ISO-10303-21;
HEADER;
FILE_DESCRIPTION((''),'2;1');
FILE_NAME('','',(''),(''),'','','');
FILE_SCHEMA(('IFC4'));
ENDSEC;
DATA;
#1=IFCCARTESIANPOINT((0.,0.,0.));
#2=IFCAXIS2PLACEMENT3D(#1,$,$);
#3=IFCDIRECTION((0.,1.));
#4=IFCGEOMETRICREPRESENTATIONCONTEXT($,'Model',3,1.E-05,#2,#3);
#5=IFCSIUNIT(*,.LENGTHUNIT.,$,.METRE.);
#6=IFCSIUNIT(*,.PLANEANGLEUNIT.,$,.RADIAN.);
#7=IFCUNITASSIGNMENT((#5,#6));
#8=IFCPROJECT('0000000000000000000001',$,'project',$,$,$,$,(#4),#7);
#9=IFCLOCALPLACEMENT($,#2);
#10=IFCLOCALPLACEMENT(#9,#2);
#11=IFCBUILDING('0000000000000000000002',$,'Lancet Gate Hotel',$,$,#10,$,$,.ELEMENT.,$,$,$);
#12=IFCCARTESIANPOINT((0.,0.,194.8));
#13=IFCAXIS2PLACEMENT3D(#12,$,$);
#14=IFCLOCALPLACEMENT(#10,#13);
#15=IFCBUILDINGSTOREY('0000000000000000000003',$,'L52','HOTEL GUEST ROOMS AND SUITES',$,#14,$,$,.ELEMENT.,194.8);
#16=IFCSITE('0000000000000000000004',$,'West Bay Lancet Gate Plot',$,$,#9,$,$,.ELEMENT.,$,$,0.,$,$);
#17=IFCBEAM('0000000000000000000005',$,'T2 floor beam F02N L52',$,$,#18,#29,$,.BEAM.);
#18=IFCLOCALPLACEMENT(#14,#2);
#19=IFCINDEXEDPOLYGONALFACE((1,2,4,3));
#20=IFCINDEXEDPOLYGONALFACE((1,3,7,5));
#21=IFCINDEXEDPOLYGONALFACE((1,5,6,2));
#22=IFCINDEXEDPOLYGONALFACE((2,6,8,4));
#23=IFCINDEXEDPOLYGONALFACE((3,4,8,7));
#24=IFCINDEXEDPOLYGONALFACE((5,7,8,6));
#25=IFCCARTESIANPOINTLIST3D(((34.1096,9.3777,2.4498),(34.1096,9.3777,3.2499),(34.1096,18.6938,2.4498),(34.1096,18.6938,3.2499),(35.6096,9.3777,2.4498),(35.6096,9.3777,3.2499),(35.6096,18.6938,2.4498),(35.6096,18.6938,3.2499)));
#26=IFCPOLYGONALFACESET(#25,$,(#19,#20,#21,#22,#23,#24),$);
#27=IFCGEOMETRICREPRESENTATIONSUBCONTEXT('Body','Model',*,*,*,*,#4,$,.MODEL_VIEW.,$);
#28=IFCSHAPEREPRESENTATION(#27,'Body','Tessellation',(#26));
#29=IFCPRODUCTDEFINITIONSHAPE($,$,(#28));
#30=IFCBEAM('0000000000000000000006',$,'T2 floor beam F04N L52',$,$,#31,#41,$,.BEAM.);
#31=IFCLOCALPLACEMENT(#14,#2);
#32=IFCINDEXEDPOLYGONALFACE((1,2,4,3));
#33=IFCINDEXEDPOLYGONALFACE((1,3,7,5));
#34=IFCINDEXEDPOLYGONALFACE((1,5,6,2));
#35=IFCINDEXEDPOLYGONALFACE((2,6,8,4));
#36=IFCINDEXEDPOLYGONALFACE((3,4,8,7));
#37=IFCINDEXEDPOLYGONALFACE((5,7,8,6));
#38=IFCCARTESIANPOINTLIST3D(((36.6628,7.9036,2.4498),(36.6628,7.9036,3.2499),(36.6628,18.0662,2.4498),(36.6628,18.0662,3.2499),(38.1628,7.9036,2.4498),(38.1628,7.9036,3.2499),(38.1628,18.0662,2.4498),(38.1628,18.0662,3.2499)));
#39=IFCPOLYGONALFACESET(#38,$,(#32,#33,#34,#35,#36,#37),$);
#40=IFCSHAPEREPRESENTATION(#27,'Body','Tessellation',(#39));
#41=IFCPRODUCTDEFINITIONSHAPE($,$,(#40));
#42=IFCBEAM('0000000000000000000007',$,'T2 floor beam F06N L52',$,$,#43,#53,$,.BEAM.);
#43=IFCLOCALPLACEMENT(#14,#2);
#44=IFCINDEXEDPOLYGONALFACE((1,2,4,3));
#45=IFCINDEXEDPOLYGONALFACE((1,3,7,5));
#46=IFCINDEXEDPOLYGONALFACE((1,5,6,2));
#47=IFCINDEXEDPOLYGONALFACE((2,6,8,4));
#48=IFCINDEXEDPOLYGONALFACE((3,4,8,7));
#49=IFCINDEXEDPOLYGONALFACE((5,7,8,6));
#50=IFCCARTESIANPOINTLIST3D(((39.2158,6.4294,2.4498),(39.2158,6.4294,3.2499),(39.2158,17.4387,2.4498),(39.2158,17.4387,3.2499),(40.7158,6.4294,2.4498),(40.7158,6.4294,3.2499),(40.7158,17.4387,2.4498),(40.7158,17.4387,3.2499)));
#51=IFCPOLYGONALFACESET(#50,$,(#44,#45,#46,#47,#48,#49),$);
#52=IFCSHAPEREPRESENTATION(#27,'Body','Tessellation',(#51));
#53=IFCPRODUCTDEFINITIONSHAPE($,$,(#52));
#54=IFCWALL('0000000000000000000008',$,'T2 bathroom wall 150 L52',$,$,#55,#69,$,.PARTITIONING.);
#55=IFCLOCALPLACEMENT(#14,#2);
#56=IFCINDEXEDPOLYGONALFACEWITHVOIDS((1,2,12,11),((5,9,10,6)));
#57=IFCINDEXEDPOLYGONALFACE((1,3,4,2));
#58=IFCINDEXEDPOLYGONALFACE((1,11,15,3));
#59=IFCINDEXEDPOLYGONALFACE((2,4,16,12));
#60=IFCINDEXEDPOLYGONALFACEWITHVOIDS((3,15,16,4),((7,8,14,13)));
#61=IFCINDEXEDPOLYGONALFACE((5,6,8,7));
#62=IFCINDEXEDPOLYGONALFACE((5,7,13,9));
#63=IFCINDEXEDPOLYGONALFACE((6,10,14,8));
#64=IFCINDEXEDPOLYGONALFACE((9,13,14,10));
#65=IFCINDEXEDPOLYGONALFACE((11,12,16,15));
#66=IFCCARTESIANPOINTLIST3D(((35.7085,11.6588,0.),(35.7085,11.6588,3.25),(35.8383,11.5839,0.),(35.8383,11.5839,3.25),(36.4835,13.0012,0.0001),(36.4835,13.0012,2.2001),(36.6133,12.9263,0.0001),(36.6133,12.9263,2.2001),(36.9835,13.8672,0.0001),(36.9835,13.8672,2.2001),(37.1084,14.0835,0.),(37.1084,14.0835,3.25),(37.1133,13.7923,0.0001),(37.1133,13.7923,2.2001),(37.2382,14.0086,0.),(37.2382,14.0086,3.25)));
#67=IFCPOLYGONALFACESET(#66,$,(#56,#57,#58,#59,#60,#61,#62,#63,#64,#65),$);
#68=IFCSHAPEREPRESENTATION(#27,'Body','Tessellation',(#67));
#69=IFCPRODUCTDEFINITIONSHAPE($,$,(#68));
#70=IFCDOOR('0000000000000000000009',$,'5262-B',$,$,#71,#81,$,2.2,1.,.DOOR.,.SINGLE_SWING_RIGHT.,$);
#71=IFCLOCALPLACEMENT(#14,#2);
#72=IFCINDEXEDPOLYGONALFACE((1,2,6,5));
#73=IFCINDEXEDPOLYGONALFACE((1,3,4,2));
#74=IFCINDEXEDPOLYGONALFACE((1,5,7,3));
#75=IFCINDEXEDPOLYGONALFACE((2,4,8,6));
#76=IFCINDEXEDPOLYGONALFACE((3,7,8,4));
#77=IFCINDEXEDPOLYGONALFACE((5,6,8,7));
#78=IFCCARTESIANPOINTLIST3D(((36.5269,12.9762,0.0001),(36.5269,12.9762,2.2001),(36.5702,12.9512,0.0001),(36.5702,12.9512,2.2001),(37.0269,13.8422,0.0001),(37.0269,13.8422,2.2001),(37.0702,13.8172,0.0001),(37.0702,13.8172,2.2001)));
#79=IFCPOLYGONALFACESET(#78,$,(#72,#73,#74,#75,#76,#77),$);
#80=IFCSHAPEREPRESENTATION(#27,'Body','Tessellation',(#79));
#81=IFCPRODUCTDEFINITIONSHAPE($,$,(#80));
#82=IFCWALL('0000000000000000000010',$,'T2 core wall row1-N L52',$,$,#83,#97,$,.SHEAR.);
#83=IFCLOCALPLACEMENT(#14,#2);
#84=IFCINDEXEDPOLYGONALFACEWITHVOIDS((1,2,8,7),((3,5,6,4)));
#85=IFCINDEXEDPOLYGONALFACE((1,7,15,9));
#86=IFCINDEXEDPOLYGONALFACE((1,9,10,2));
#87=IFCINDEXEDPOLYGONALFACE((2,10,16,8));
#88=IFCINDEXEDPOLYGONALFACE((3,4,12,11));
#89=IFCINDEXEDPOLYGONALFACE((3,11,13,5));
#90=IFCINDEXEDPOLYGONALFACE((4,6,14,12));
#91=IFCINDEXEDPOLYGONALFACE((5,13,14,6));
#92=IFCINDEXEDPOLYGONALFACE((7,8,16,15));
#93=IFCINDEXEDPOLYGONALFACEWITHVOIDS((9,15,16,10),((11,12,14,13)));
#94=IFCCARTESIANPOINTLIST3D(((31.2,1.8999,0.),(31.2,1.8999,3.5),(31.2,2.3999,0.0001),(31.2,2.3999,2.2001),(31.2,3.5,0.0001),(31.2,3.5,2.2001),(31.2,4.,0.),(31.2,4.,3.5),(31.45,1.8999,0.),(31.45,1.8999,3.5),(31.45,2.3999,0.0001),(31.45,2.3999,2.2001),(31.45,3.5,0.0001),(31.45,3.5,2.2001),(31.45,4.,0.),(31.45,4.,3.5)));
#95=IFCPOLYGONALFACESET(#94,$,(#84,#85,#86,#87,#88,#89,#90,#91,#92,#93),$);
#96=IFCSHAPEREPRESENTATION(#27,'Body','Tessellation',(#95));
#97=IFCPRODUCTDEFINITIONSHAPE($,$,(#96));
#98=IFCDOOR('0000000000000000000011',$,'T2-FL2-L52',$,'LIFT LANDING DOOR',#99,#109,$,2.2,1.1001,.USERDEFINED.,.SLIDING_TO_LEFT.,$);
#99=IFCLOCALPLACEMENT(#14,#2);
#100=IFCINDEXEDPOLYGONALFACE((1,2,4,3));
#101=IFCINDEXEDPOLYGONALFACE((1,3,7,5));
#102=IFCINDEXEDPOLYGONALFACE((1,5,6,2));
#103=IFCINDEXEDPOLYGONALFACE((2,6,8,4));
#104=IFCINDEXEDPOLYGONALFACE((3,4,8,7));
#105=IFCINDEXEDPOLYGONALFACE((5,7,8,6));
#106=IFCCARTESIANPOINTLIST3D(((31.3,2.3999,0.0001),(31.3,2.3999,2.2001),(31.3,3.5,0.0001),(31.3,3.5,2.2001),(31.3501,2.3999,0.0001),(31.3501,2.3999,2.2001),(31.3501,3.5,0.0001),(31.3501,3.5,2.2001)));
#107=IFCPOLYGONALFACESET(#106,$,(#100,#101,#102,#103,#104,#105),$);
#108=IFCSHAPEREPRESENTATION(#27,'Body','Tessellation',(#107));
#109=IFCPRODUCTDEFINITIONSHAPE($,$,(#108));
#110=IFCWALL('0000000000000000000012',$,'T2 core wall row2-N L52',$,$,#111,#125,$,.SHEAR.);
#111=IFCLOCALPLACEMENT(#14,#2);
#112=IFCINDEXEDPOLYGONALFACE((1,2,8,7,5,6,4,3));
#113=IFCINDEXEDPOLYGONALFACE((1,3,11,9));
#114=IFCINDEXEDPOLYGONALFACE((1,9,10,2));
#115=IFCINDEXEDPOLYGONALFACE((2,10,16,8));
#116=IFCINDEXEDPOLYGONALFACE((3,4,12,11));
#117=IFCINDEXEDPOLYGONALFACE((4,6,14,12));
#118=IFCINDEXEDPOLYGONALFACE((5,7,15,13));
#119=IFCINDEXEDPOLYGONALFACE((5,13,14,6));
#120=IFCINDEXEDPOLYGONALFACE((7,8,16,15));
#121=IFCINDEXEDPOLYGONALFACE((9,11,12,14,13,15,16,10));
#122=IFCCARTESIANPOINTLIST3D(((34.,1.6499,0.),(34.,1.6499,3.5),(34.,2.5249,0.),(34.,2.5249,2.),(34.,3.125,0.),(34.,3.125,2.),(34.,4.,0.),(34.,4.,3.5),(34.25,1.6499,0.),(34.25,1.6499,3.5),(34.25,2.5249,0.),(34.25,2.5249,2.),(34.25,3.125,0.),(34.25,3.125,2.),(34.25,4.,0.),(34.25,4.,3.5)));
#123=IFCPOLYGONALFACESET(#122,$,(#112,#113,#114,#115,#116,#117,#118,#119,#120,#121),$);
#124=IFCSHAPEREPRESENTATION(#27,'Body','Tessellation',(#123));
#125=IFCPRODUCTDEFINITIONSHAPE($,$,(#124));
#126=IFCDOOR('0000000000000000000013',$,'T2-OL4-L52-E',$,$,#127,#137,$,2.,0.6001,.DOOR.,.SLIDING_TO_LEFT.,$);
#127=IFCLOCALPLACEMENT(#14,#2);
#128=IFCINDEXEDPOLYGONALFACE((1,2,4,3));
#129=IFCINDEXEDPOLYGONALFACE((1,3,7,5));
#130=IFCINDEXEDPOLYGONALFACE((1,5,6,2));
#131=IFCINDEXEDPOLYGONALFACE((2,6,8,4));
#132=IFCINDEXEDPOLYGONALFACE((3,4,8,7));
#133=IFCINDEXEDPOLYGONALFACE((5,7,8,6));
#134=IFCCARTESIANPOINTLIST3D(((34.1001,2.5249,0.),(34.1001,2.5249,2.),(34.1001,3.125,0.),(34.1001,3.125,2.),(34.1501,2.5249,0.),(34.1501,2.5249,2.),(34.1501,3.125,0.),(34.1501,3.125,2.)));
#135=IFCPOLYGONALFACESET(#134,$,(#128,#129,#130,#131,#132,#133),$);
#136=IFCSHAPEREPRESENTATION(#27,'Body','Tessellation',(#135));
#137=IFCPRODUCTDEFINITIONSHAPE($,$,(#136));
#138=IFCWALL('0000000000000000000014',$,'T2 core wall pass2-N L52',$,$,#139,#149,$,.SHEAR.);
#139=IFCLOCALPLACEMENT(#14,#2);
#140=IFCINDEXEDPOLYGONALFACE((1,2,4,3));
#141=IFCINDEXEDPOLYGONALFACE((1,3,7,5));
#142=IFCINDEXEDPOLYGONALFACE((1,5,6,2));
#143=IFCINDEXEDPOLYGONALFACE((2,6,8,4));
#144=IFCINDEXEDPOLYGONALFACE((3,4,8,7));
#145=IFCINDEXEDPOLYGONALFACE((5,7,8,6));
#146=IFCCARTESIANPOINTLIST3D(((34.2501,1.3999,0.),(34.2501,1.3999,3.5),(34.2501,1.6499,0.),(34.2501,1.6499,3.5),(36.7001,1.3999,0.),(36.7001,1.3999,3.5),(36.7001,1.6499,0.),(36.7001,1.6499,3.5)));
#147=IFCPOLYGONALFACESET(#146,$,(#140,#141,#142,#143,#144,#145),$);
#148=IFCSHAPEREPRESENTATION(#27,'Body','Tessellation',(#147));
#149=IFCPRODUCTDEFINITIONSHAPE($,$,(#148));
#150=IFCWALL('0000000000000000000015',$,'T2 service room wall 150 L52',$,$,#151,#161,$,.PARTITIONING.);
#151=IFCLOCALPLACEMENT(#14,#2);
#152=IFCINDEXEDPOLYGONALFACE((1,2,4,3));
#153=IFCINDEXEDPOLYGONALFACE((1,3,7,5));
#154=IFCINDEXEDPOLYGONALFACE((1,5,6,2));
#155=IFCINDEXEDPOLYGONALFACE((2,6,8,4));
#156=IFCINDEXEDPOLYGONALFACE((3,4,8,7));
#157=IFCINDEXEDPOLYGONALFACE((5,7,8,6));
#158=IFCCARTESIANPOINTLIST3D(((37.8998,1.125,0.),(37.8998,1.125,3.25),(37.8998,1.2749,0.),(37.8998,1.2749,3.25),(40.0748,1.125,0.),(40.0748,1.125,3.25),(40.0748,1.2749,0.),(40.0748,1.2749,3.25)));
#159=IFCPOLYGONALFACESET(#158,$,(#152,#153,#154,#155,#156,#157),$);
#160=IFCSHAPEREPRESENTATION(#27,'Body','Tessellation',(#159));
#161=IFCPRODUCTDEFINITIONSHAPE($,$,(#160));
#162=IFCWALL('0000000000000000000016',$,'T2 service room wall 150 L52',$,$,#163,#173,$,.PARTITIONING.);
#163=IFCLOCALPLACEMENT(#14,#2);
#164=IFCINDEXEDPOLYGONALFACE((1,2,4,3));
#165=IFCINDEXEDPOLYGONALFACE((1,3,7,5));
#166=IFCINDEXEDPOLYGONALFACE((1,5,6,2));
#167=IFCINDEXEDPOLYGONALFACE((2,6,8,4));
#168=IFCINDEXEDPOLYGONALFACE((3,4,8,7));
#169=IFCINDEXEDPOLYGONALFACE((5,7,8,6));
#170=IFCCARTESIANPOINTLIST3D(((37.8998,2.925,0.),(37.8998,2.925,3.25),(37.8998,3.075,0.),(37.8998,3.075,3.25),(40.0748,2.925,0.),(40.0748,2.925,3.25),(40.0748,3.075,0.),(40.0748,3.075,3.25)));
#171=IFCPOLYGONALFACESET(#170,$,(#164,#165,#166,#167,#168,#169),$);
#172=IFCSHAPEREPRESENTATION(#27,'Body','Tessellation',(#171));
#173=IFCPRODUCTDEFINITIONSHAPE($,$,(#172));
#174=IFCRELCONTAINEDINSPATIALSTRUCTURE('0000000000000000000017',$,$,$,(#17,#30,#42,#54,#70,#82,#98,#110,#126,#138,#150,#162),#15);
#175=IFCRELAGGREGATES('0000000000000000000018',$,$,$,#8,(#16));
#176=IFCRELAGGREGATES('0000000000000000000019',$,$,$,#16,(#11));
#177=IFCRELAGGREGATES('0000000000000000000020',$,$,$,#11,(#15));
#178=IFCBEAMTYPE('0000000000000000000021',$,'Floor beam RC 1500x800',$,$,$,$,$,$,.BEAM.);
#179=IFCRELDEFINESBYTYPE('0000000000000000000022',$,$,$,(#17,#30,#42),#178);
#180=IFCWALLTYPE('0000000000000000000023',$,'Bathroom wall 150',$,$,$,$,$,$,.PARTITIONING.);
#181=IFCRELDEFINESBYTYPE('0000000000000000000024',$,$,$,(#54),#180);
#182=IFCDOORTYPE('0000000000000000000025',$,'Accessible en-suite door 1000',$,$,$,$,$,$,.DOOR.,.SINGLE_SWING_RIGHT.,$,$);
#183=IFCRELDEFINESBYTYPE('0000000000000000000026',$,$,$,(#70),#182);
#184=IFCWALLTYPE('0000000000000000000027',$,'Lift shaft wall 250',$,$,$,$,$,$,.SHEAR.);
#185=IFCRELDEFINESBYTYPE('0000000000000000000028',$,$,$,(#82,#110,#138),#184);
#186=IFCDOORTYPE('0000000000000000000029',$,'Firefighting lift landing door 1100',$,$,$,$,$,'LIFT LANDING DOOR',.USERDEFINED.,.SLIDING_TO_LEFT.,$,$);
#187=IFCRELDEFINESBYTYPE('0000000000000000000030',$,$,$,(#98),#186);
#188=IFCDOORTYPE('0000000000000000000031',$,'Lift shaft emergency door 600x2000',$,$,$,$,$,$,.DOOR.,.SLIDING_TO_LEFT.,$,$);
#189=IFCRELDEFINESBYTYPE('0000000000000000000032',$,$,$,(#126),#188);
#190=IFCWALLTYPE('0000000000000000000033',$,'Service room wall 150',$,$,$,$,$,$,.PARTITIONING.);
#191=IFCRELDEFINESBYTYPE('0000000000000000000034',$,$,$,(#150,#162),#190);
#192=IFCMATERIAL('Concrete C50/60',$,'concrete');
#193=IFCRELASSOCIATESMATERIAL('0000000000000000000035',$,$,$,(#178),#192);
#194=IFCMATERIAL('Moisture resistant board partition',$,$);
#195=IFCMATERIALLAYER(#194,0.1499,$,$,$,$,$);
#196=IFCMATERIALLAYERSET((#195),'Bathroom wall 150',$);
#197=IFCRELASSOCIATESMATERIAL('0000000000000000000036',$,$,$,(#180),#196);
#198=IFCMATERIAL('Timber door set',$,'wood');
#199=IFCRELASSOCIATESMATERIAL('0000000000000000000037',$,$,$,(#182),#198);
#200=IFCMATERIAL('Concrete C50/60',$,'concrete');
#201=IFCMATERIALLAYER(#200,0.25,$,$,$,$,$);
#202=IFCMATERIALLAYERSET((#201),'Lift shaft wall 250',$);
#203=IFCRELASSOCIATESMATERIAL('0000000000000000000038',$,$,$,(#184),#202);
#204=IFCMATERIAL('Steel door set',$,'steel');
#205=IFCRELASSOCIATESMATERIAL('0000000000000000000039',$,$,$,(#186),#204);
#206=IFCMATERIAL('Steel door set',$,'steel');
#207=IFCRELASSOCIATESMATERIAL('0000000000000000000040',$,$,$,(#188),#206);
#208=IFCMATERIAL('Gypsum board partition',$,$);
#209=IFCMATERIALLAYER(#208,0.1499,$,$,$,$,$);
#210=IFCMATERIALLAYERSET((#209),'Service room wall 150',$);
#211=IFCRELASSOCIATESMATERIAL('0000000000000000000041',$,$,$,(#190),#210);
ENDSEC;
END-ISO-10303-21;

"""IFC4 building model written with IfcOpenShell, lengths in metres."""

from ifc_helpers import new_model, si_unit, direction, frame, frame_2d, origin, origin_2d, place, context, subcontext, project, spatial, rectangle, extrude, material, layer, layer_set, material_profile, profile_set, type_object, element, fill, save


model = new_model("IFC4")

# Units and contexts
model_context = context("Model", 3, precision=1e-05, world=origin(), true_north=direction((0.0, 1.0)))
body_context = subcontext(model_context, "Body", "Model", "MODEL_VIEW")
ifc_project = project(units=[si_unit("LENGTHUNIT", "METRE"), si_unit("PLANEANGLEUNIT", "RADIAN")], contexts=[model_context])

# Site, building, storey
site_placement = place(None, origin())
site = spatial("IfcSite", under=ifc_project, at=site_placement, Name="West Bay Lancet Gate Plot", CompositionType="ELEMENT", RefElevation=0.0)
building_placement = place(site_placement, origin())
building = spatial("IfcBuilding", under=site, at=building_placement, Name="Lancet Gate Hotel", CompositionType="ELEMENT")
storey_placement = place(building_placement, frame((0.0, 0.0, 194.8)))
storey = spatial("IfcBuildingStorey", under=building, at=storey_placement, Name="L52", Description="HOTEL GUEST ROOMS AND SUITES", CompositionType="ELEMENT", Elevation=194.8)

# Beams
ifc_material_1 = material(Name="Concrete C50/60", Category="concrete")
ifc_material_profile = material_profile(ifc_material_1, rectangle(XDim=1.5, YDim=0.8, at=origin_2d()), Name="RC 1500x800")
ifc_profile_set = profile_set([ifc_material_profile], Name="Concrete C50/60")
beam_type = type_object("IfcBeamType", Name="Floor beam RC 1500x800", PredefinedType="BEAM", material=ifc_profile_set)
beam_1_placement = place(storey_placement, frame((34.8596, 9.3777, 2.8499), z_axis=(0.0, 1.0, 0.0), x_axis=(-1.0, 0.0, 0.0)))
element("IfcBeam", 1, at=beam_1_placement, inside=storey, type_object=beam_type, Name="T2 floor beam F02N L52", PredefinedType="BEAM", context=body_context, shape_type="SweptSolid", body=[
    extrude(rectangle(XDim=1.5, YDim=0.8, at=origin_2d()), origin(), (0.0, 0.0, 1.0), 9.3162),
])
beam_2_placement = place(storey_placement, frame((37.4128, 7.9036, 2.8499), z_axis=(0.0, 1.0, 0.0), x_axis=(-1.0, 0.0, 0.0)))
element("IfcBeam", 2, at=beam_2_placement, inside=storey, type_object=beam_type, Name="T2 floor beam F04N L52", PredefinedType="BEAM", context=body_context, shape_type="SweptSolid", body=[
    extrude(rectangle(XDim=1.5, YDim=0.8, at=origin_2d()), origin(), (0.0, 0.0, 1.0), 10.1626),
])
beam_3_placement = place(storey_placement, frame((39.9658, 6.4294, 2.8499), z_axis=(0.0, 1.0, 0.0), x_axis=(-1.0, 0.0, 0.0)))
element("IfcBeam", 3, at=beam_3_placement, inside=storey, type_object=beam_type, Name="T2 floor beam F06N L52", PredefinedType="BEAM", context=body_context, shape_type="SweptSolid", body=[
    extrude(rectangle(XDim=1.5, YDim=0.8, at=origin_2d()), origin(), (0.0, 0.0, 1.0), 11.0093),
])

# Walls, openings, doors
ifc_material_2 = material(Name="Moisture resistant board partition")
ifc_layer_1 = layer(ifc_material_2, 0.1499)
ifc_layer_set_1 = layer_set([ifc_layer_1], Name="Bathroom wall 150")
wall_type_1 = type_object("IfcWallType", Name="Bathroom wall 150", PredefinedType="PARTITIONING", material=ifc_layer_set_1)
wall_1_placement = place(storey_placement, frame((35.7734, 11.6213, 0.0), z_axis=(0.0, 0.0, 1.0), x_axis=(0.499984, 0.866035, 0.0)))
wall_1 = element("IfcWall", 4, at=wall_1_placement, inside=storey, type_object=wall_type_1, Name="T2 bathroom wall 150 L52", PredefinedType="PARTITIONING", context=body_context, shape_type="SweptSolid", body=[
    extrude(rectangle(XDim=2.7998, YDim=0.1499, at=frame_2d((1.3999, 0.0))), origin(), (0.0, 0.0, 1.0), 3.25),
])
opening_1_placement = place(wall_1_placement, frame((1.55, 0.0, 0.0)))
opening_1 = element("IfcOpeningElement", 5, at=opening_1_placement, cuts=wall_1, PredefinedType="OPENING", context=body_context, shape_type="SweptSolid", body=[
    extrude(rectangle(XDim=1.0, YDim=2.2, at=frame_2d((0.5, 1.1001))), frame((0.0, 0.085, 0.0), z_axis=(0.0, -1.0, 0.0), x_axis=(1.0, 0.0, 0.0)), (0.0, 0.0, 1.0), 0.1699),
])
ifc_material_3 = material(Name="Timber door set", Category="wood")
door_type_1 = type_object("IfcDoorType", Name="Accessible en-suite door 1000", OperationType="SINGLE_SWING_RIGHT", PredefinedType="DOOR", material=ifc_material_3)
door_1_placement = place(opening_1_placement, origin())
door_1 = element("IfcDoor", 6, at=door_1_placement, inside=storey, type_object=door_type_1, Name="5262-B", OperationType="SINGLE_SWING_RIGHT", OverallHeight=2.2, OverallWidth=1.0, PredefinedType="DOOR", context=body_context, shape_type="SweptSolid", body=[
    extrude(rectangle(XDim=1.0, YDim=2.2, at=frame_2d((0.5, 1.1001))), frame((0.0, 0.0249, 0.0), z_axis=(0.0, -1.0, 0.0), x_axis=(1.0, 0.0, 0.0)), (0.0, 0.0, 1.0), 0.05),
])
fill(opening_1, door_1)
ifc_material_4 = material(Name="Concrete C50/60", Category="concrete")
ifc_layer_2 = layer(ifc_material_4, 0.25)
ifc_layer_set_2 = layer_set([ifc_layer_2], Name="Lift shaft wall 250")
wall_type_2 = type_object("IfcWallType", Name="Lift shaft wall 250", PredefinedType="SHEAR", material=ifc_layer_set_2)
wall_2_placement = place(storey_placement, frame((31.325, 1.8999, 0.0), z_axis=(0.0, 0.0, 1.0), x_axis=(0.0, 1.0, 0.0)))
wall_2 = element("IfcWall", 7, at=wall_2_placement, inside=storey, type_object=wall_type_2, Name="T2 core wall row1-N L52", PredefinedType="SHEAR", context=body_context, shape_type="SweptSolid", body=[
    extrude(rectangle(XDim=2.1001, YDim=0.25, at=frame_2d((1.05, 0.0))), origin(), (0.0, 0.0, 1.0), 3.5),
])
opening_2_placement = place(wall_2_placement, frame((0.5, 0.0, 0.0)))
opening_2 = element("IfcOpeningElement", 8, at=opening_2_placement, cuts=wall_2, PredefinedType="OPENING", context=body_context, shape_type="SweptSolid", body=[
    extrude(rectangle(XDim=1.1001, YDim=2.2, at=frame_2d((0.55, 1.1001))), frame((0.0, 0.135, 0.0), z_axis=(0.0, -1.0, 0.0), x_axis=(1.0, 0.0, 0.0)), (0.0, 0.0, 1.0), 0.27),
])
ifc_material_5 = material(Name="Steel door set", Category="steel")
door_type_2 = type_object("IfcDoorType", Name="Firefighting lift landing door 1100", ElementType="LIFT LANDING DOOR", OperationType="SLIDING_TO_LEFT", PredefinedType="USERDEFINED", material=ifc_material_5)
door_2_placement = place(opening_2_placement, origin())
door_2 = element("IfcDoor", 9, at=door_2_placement, inside=storey, type_object=door_type_2, Name="T2-FL2-L52", ObjectType="LIFT LANDING DOOR", OperationType="SLIDING_TO_LEFT", OverallHeight=2.2, OverallWidth=1.1001, PredefinedType="USERDEFINED", context=body_context, shape_type="SweptSolid", body=[
    extrude(rectangle(XDim=1.1001, YDim=2.2, at=frame_2d((0.55, 1.1001))), frame((0.0, 0.0249, 0.0), z_axis=(0.0, -1.0, 0.0), x_axis=(1.0, 0.0, 0.0)), (0.0, 0.0, 1.0), 0.05),
])
fill(opening_2, door_2)
wall_3_placement = place(storey_placement, frame((34.125, 1.6499, 0.0), z_axis=(0.0, 0.0, 1.0), x_axis=(0.0, 1.0, 0.0)))
wall_3 = element("IfcWall", 10, at=wall_3_placement, inside=storey, type_object=wall_type_2, Name="T2 core wall row2-N L52", PredefinedType="SHEAR", context=body_context, shape_type="SweptSolid", body=[
    extrude(rectangle(XDim=2.3501, YDim=0.25, at=frame_2d((1.175, 0.0))), origin(), (0.0, 0.0, 1.0), 3.5),
])
opening_3_placement = place(wall_3_placement, frame((0.875, 0.0, 0.0)))
opening_3 = element("IfcOpeningElement", 11, at=opening_3_placement, cuts=wall_3, PredefinedType="OPENING", context=body_context, shape_type="SweptSolid", body=[
    extrude(rectangle(XDim=0.6001, YDim=2.0, at=frame_2d((0.3, 1.0))), frame((0.0, 0.135, 0.0), z_axis=(0.0, -1.0, 0.0), x_axis=(1.0, 0.0, 0.0)), (0.0, 0.0, 1.0), 0.27),
])
ifc_material_6 = material(Name="Steel door set", Category="steel")
door_type_3 = type_object("IfcDoorType", Name="Lift shaft emergency door 600x2000", OperationType="SLIDING_TO_LEFT", PredefinedType="DOOR", material=ifc_material_6)
door_3_placement = place(opening_3_placement, origin())
door_3 = element("IfcDoor", 12, at=door_3_placement, inside=storey, type_object=door_type_3, Name="T2-OL4-L52-E", OperationType="SLIDING_TO_LEFT", OverallHeight=2.0, OverallWidth=0.6001, PredefinedType="DOOR", context=body_context, shape_type="SweptSolid", body=[
    extrude(rectangle(XDim=0.6001, YDim=2.0, at=frame_2d((0.3, 1.0))), frame((0.0, 0.0249, 0.0), z_axis=(0.0, -1.0, 0.0), x_axis=(1.0, 0.0, 0.0)), (0.0, 0.0, 1.0), 0.05),
])
fill(opening_3, door_3)

# Walls
wall_4_placement = place(storey_placement, frame((34.25, 1.5249, 0.0), z_axis=(0.0, 0.0, 1.0), x_axis=(1.0, 0.0, 0.0)))
element("IfcWall", 13, at=wall_4_placement, inside=storey, type_object=wall_type_2, Name="T2 core wall pass2-N L52", PredefinedType="SHEAR", context=body_context, shape_type="SweptSolid", body=[
    extrude(rectangle(XDim=2.45, YDim=0.25, at=frame_2d((1.2251, 0.0))), origin(), (0.0, 0.0, 1.0), 3.5),
])
ifc_material_7 = material(Name="Gypsum board partition")
ifc_layer_3 = layer(ifc_material_7, 0.1499)
ifc_layer_set_3 = layer_set([ifc_layer_3], Name="Service room wall 150")
wall_type_3 = type_object("IfcWallType", Name="Service room wall 150", PredefinedType="PARTITIONING", material=ifc_layer_set_3)
for number, where, z_axis, x_axis, name in (
    (14, (37.8999, 1.2, 0.0), (0.0, 0.0, 1.0), (1.0, 0.0, 0.0), "T2 service room wall 150 L52"),
    (15, (37.8999, 3.0, 0.0), (0.0, 0.0, 1.0), (1.0, 0.0, 0.0), "T2 service room wall 150 L52"),
):
    element("IfcWall", number, at=place(storey_placement, frame(where, z_axis=z_axis, x_axis=x_axis)), inside=storey, type_object=wall_type_3, Name=name, PredefinedType="PARTITIONING", context=body_context, shape_type="SweptSolid", body=[
        extrude(rectangle(XDim=2.175, YDim=0.1499, at=frame_2d((1.0874, 0.0))), origin(), (0.0, 0.0, 1.0), 3.25),
    ])

save(model, "model.ifc")
